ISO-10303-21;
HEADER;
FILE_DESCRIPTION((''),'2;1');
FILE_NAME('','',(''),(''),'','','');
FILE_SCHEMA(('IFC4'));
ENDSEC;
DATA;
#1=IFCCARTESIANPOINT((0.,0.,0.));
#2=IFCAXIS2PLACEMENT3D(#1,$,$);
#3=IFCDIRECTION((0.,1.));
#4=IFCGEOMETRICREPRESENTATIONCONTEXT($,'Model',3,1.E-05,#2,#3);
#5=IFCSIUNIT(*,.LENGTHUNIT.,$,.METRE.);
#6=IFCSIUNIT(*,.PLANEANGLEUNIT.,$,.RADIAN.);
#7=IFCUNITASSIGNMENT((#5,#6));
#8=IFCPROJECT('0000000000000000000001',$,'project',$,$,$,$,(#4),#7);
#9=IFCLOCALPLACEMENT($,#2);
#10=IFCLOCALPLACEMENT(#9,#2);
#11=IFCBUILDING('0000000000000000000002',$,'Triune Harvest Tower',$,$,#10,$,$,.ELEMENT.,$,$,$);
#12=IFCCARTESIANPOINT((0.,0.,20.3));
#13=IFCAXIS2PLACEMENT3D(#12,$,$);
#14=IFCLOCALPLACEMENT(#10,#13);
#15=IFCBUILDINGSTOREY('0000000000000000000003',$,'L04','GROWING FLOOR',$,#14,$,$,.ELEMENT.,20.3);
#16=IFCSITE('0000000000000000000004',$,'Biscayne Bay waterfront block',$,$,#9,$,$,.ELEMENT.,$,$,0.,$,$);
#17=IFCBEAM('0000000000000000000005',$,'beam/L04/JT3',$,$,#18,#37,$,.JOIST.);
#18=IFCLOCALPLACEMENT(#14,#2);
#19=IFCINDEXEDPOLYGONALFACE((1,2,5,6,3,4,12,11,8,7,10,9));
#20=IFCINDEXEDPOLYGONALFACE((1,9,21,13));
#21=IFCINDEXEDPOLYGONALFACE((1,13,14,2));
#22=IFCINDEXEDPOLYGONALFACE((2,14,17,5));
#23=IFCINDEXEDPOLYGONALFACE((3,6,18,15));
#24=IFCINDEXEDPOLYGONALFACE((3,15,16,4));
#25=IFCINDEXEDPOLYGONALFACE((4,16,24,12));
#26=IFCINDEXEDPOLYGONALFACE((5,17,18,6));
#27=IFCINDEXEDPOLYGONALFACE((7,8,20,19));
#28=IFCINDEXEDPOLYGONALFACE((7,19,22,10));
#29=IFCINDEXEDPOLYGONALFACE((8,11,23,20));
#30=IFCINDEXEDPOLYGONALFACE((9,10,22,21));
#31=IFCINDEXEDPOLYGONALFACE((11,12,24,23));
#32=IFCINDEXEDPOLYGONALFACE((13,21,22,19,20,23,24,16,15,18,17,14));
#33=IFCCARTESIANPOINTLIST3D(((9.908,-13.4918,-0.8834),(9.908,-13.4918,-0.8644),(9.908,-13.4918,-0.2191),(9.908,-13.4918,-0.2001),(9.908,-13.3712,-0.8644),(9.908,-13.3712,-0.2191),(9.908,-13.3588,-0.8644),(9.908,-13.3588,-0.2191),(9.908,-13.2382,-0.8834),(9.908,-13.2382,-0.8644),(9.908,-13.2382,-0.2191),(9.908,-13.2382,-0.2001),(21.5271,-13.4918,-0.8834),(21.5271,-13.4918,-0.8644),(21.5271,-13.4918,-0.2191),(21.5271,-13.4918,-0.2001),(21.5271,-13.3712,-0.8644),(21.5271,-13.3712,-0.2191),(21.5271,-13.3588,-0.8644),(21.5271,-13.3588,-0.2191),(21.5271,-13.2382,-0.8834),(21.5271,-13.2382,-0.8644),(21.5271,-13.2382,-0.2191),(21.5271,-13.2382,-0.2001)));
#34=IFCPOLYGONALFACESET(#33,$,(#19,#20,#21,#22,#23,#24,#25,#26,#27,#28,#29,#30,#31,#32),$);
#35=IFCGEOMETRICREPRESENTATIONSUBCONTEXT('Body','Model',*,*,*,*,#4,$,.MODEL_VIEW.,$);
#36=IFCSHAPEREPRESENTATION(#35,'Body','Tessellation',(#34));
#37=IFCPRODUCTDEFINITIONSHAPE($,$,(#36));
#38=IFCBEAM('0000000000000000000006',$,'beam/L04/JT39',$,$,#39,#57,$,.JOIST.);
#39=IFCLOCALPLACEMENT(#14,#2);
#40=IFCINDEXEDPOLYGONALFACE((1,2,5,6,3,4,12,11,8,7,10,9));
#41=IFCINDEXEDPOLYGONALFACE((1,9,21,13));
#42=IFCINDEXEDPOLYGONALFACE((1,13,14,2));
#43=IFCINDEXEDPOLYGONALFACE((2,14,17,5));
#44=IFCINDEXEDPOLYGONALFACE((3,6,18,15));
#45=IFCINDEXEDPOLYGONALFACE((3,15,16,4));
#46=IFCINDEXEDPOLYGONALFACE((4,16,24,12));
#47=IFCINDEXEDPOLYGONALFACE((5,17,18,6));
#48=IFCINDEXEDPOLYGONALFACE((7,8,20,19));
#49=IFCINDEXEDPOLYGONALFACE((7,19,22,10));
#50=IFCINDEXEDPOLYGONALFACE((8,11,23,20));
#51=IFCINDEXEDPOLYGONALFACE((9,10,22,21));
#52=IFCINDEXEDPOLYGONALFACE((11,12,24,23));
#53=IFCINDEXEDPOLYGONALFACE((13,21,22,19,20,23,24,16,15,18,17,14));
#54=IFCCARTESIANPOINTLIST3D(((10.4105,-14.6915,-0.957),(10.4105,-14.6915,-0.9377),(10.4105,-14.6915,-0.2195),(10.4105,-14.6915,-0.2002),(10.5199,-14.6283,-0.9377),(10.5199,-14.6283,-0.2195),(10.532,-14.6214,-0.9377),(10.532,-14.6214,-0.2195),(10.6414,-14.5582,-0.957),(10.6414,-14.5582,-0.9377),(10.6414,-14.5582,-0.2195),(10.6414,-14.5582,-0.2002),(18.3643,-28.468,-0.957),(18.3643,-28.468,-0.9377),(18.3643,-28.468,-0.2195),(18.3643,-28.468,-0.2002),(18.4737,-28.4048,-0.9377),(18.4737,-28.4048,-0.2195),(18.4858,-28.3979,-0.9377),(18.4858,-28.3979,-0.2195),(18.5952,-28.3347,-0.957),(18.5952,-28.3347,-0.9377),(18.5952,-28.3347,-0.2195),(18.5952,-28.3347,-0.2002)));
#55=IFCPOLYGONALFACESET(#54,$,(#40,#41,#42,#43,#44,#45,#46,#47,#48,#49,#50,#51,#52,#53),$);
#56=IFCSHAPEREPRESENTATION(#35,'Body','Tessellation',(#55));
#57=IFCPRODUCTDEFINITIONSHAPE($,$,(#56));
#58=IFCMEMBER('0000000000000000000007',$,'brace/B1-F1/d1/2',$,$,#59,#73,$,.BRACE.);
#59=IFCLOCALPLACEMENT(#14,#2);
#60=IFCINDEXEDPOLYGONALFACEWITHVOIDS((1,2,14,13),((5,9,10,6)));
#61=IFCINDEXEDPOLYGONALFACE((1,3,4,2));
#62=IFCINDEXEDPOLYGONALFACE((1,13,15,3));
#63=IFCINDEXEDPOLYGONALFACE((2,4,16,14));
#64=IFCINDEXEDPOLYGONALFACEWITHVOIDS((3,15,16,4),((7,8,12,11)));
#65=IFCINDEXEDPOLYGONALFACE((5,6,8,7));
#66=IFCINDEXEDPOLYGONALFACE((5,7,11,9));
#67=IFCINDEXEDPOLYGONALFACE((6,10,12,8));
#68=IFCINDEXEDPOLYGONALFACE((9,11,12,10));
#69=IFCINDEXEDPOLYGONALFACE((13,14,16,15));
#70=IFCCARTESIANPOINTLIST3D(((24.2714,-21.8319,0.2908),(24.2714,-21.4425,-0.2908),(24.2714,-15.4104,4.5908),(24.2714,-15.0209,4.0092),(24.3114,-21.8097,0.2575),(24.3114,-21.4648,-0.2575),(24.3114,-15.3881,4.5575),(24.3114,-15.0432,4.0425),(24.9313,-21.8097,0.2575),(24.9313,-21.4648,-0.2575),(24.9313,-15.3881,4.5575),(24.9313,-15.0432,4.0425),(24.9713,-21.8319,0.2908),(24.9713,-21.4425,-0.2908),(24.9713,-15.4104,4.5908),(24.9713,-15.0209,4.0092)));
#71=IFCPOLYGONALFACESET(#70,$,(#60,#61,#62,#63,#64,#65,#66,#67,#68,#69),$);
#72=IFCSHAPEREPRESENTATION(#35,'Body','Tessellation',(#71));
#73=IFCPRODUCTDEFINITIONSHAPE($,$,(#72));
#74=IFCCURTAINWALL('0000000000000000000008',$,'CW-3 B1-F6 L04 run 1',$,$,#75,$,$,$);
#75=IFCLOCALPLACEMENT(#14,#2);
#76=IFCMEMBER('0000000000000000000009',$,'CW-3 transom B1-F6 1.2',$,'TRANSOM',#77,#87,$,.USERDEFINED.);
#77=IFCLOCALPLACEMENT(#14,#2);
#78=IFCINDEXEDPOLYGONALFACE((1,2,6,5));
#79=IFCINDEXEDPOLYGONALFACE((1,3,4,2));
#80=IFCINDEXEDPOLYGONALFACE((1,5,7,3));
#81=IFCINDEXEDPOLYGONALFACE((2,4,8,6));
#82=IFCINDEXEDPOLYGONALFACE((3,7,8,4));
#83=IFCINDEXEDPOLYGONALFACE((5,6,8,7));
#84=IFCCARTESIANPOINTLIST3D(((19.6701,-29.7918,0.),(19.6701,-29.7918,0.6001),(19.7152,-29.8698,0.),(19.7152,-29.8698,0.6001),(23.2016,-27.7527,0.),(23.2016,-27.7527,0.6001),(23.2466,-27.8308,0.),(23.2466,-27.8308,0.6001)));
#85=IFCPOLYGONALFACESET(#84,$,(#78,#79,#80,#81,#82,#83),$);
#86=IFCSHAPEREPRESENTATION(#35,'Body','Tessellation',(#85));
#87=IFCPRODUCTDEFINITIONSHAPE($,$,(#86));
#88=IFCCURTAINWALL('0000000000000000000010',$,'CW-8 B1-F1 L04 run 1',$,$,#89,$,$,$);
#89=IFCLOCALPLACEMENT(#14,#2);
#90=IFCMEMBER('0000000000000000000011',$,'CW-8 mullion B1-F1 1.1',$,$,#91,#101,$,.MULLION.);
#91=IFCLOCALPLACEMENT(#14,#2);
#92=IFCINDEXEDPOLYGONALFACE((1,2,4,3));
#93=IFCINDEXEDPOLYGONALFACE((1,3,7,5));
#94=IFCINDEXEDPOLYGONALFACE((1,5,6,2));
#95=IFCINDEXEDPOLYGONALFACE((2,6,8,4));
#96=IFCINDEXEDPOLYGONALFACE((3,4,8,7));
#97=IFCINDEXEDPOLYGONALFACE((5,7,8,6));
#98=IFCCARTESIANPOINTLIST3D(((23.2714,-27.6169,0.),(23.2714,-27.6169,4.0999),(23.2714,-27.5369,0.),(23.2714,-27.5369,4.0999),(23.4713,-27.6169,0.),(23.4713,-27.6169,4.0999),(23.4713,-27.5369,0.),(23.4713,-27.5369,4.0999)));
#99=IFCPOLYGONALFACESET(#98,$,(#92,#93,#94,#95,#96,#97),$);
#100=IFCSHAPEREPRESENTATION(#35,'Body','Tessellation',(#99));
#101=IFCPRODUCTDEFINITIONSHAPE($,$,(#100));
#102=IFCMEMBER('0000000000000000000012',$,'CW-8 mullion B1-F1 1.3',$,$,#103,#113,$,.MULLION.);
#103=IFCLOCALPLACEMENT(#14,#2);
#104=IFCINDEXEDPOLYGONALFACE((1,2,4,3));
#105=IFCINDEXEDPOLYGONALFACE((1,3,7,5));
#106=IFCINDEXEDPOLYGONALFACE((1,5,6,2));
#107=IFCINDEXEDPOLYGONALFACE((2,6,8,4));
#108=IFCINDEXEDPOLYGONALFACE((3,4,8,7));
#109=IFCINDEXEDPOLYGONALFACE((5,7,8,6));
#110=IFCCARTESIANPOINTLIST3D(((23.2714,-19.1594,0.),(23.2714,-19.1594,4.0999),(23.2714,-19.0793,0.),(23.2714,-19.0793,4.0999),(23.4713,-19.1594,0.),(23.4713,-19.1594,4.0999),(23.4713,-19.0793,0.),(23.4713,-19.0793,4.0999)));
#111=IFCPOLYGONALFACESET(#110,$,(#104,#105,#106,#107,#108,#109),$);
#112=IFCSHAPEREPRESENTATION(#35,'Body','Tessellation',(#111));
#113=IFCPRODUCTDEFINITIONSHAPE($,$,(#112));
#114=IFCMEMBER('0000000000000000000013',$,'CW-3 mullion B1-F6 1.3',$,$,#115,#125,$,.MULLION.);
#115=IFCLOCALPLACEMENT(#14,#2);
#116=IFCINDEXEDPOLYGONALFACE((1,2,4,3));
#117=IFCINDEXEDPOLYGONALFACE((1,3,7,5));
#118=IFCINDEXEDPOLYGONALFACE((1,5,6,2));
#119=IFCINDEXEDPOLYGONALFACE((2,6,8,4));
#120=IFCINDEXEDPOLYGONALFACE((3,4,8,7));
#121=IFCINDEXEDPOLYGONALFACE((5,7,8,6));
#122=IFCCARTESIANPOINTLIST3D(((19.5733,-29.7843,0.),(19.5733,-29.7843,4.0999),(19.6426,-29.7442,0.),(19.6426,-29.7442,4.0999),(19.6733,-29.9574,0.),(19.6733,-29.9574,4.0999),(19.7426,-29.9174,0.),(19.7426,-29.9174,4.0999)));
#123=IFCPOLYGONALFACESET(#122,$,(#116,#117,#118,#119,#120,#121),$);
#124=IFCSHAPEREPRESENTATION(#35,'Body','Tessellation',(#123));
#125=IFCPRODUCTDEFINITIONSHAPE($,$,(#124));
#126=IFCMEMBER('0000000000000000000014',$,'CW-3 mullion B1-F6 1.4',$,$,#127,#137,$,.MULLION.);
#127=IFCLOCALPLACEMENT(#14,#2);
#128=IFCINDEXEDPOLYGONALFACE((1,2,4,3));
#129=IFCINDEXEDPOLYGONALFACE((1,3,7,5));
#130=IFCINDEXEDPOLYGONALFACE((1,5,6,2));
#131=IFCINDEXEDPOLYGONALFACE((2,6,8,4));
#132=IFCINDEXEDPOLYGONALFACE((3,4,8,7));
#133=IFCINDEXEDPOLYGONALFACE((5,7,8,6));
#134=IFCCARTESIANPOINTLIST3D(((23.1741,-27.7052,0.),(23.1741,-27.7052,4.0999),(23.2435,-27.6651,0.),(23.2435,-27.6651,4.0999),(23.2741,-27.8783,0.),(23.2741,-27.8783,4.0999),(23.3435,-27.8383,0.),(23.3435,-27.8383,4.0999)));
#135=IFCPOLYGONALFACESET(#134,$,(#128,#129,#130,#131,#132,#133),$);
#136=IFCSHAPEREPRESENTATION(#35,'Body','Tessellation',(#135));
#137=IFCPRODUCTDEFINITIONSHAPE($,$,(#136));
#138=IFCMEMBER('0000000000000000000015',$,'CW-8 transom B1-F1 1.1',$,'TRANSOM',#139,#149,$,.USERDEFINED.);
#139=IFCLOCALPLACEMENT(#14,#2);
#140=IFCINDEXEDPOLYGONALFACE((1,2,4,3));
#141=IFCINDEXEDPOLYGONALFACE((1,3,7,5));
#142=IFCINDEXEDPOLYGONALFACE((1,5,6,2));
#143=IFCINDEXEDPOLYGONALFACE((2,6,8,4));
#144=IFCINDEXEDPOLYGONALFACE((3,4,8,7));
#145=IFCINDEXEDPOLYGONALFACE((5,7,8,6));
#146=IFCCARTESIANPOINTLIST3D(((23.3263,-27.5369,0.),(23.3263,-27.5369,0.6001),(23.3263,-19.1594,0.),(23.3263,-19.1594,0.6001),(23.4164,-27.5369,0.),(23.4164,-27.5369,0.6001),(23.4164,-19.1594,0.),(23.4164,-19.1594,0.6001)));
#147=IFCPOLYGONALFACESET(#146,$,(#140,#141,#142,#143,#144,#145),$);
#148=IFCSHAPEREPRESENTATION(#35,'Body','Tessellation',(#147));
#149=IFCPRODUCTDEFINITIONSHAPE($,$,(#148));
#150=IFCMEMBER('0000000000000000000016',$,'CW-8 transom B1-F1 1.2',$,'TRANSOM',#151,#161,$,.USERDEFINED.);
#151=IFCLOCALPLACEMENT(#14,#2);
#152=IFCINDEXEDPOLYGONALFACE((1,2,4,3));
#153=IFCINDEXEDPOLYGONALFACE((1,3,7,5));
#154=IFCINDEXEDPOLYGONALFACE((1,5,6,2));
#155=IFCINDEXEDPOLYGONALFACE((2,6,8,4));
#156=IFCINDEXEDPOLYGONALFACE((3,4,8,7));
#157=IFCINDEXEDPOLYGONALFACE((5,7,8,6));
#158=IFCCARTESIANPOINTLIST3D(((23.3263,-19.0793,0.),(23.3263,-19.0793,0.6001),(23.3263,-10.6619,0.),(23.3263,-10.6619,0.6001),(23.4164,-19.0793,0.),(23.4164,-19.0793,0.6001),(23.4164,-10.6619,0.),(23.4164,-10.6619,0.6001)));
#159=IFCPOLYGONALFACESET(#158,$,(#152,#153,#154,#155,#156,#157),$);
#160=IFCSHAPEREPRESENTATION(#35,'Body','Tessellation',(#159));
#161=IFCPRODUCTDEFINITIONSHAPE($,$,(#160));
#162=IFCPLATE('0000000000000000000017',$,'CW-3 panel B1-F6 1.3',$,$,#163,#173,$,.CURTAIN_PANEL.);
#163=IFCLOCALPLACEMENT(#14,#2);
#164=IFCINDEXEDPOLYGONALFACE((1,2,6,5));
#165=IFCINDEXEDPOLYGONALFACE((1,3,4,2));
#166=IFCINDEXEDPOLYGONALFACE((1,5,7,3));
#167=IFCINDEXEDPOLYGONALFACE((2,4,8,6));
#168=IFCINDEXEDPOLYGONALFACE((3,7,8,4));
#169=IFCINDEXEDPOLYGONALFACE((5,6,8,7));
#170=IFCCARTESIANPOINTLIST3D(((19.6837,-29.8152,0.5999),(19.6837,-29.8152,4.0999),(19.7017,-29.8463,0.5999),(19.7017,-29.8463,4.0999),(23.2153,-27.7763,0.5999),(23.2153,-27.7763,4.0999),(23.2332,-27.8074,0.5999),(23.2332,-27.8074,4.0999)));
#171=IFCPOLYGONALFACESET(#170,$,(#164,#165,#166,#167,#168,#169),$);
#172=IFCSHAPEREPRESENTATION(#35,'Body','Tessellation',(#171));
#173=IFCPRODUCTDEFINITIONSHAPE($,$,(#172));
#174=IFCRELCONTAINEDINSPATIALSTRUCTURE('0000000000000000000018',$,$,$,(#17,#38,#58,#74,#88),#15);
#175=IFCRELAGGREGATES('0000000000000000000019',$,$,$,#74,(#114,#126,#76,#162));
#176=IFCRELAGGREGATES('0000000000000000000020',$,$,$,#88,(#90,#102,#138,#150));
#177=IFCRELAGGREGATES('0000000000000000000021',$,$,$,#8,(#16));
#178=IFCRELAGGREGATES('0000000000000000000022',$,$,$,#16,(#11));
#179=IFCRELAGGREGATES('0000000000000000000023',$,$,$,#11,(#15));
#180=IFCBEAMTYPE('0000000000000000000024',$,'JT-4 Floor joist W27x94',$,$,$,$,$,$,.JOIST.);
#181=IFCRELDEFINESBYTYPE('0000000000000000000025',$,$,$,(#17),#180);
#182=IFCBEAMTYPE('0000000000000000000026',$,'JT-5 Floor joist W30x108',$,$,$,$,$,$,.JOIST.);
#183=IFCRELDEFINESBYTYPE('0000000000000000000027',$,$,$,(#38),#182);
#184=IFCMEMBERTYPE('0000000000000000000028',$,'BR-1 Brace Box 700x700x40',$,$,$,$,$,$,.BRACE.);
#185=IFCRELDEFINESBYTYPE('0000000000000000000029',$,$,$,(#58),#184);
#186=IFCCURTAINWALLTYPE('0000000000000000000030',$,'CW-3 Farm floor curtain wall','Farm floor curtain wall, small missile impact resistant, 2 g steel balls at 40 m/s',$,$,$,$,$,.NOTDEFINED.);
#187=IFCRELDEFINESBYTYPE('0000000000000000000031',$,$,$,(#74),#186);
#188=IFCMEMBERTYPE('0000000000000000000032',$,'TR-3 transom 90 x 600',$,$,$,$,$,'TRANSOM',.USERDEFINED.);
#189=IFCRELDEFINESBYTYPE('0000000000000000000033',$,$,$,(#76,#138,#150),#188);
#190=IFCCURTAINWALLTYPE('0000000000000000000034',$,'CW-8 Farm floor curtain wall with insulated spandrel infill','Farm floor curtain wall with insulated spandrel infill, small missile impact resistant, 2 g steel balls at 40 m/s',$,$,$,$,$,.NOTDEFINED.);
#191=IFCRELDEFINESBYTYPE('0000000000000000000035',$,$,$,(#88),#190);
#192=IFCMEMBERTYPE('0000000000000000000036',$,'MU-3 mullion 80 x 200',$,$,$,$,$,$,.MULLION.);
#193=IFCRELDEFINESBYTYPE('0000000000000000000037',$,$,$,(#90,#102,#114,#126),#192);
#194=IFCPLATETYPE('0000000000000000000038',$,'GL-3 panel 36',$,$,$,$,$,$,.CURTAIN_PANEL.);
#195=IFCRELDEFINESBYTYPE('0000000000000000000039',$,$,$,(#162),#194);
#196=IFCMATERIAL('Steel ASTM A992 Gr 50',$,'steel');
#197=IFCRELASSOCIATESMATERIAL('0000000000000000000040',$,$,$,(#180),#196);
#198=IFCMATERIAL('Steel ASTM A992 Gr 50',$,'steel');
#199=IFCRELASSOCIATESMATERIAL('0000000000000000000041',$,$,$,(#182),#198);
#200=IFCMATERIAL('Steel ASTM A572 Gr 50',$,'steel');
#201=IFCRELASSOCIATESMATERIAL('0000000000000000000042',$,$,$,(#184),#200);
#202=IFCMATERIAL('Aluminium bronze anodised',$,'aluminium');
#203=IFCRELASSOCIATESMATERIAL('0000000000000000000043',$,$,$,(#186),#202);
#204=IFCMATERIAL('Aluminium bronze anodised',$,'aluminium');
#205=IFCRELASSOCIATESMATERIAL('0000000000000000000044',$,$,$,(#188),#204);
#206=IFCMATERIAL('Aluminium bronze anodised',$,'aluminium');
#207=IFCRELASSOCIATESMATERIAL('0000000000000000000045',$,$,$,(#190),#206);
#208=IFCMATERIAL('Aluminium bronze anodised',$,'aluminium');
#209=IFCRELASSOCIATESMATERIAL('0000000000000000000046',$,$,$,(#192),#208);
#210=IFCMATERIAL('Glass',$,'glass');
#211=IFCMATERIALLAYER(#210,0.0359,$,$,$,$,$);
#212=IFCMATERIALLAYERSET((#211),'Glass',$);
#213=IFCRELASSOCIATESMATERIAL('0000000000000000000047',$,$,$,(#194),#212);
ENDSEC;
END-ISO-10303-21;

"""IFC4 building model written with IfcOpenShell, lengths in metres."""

from ifc_helpers import new_model, si_unit, direction, frame, origin, origin_2d, place, context, subcontext, project, spatial, rectangle, hollow_rectangle, i_section, extrude, source, transform, mapped, material, layer, layer_set, material_profile, profile_set, type_object, element, aggregate, save


model = new_model("IFC4")

# Units and contexts
model_context = context("Model", 3, precision=1e-05, world=origin(), true_north=direction((0.0, 1.0)))
body_context = subcontext(model_context, "Body", "Model", "MODEL_VIEW")
ifc_project = project(units=[si_unit("LENGTHUNIT", "METRE"), si_unit("PLANEANGLEUNIT", "RADIAN")], contexts=[model_context])

# Site, building, storey
site_placement = place(None, origin())
site = spatial("IfcSite", under=ifc_project, at=site_placement, Name="Biscayne Bay waterfront block", CompositionType="ELEMENT", RefElevation=0.0)
building_placement = place(site_placement, origin())
building = spatial("IfcBuilding", under=site, at=building_placement, Name="Triune Harvest Tower", CompositionType="ELEMENT")
storey_placement = place(building_placement, frame((0.0, 0.0, 20.3)))
storey = spatial("IfcBuildingStorey", under=building, at=storey_placement, Name="L04", Description="GROWING FLOOR", CompositionType="ELEMENT", Elevation=20.3)

# Beams
ifc_material_1 = material(Name="Steel ASTM A992 Gr 50", Category="steel")
ifc_material_profile_1 = material_profile(ifc_material_1, i_section(OverallWidth=0.2537, OverallDepth=0.6833, WebThickness=0.0125, FlangeThickness=0.019, at=origin_2d()), Name="W27x94")
ifc_profile_set_1 = profile_set([ifc_material_profile_1], Name="Steel ASTM A992 Gr 50")
beam_type_1 = type_object("IfcBeamType", Name="JT-4 Floor joist W27x94", PredefinedType="JOIST", material=ifc_profile_set_1)
shared_shape_1 = source(origin(), body_context, "Body", "SweptSolid", [
    extrude(i_section(OverallWidth=0.2537, OverallDepth=0.6833, WebThickness=0.0125, FlangeThickness=0.019, at=origin_2d()), origin(), (0.0, 0.0, 1.0), 11.6191),
])
beam_1_placement = place(storey_placement, frame((21.5271, -13.365, -0.5417), z_axis=(-1.0, 0.0, 0.0), x_axis=(0.0, -1.0, 0.0)))
element("IfcBeam", 1, at=beam_1_placement, inside=storey, type_object=beam_type_1, Name="beam/L04/JT3", PredefinedType="JOIST", context=body_context, shape_type="MappedRepresentation", body=[
    mapped(shared_shape_1, transform((0.0, 0.0, 0.0), scale=1.0)),
])
ifc_material_2 = material(Name="Steel ASTM A992 Gr 50", Category="steel")
ifc_material_profile_2 = material_profile(ifc_material_2, i_section(OverallWidth=0.2666, OverallDepth=0.7568, WebThickness=0.0139, FlangeThickness=0.0193, at=origin_2d()), Name="W30x108")
ifc_profile_set_2 = profile_set([ifc_material_profile_2], Name="Steel ASTM A992 Gr 50")
beam_type_2 = type_object("IfcBeamType", Name="JT-5 Floor joist W30x108", PredefinedType="JOIST", material=ifc_profile_set_2)
shared_shape_2 = source(origin(), body_context, "Body", "SweptSolid", [
    extrude(i_section(OverallWidth=0.2666, OverallDepth=0.7568, WebThickness=0.0139, FlangeThickness=0.0193, at=origin_2d()), origin(), (0.0, 0.0, 1.0), 15.9077),
])
beam_2_placement = place(storey_placement, frame((18.4797, -28.4014, -0.5786), z_axis=(-0.499997, 0.866027, 0.0), x_axis=(-0.866027, -0.499997, 0.0)))
element("IfcBeam", 2, at=beam_2_placement, inside=storey, type_object=beam_type_2, Name="beam/L04/JT39", PredefinedType="JOIST", context=body_context, shape_type="MappedRepresentation", body=[
    mapped(shared_shape_2, transform((0.0, 0.0, 0.0), scale=1.0)),
])

# Member
ifc_material_3 = material(Name="Steel ASTM A572 Gr 50", Category="steel")
ifc_material_profile_3 = material_profile(ifc_material_3, hollow_rectangle(XDim=0.7, YDim=0.7, WallThickness=0.04, at=origin_2d()), Name="Box 700x700x40")
ifc_profile_set_3 = profile_set([ifc_material_profile_3], Name="Steel ASTM A572 Gr 50")
member_type_1 = type_object("IfcMemberType", Name="BR-1 Brace Box 700x700x40", PredefinedType="BRACE", material=ifc_profile_set_3)
shared_shape_3 = source(origin(), body_context, "Body", "SweptSolid", [
    extrude(hollow_rectangle(XDim=0.7, YDim=0.7, WallThickness=0.04, at=origin_2d()), origin(), (0.0, 0.0, 1.0), 7.7283),
])
member_1_placement = place(storey_placement, frame((24.6213, -21.6372, 0.0), z_axis=(0.0, 0.830916, 0.556398), x_axis=(-1.0, 0.0, 0.0)))
element("IfcMember", 3, at=member_1_placement, inside=storey, type_object=member_type_1, Name="brace/B1-F1/d1/2", PredefinedType="BRACE", context=body_context, shape_type="MappedRepresentation", body=[
    mapped(shared_shape_3, transform((0.0, 0.0, 0.0), scale=1.0)),
])

# Curtain wall, member
ifc_material_4 = material(Name="Aluminium bronze anodised", Category="aluminium")
curtain_wall_type_1 = type_object("IfcCurtainWallType", Name="CW-3 Farm floor curtain wall", Description="Farm floor curtain wall, small missile impact resistant, 2 g steel balls at 40 m/s", PredefinedType="NOTDEFINED", material=ifc_material_4)
curtain_wall_1_placement = place(storey_placement, origin())
curtain_wall_1 = element("IfcCurtainWall", 4, at=curtain_wall_1_placement, inside=storey, type_object=curtain_wall_type_1, Name="CW-3 B1-F6 L04 run 1")
ifc_material_5 = material(Name="Aluminium bronze anodised", Category="aluminium")
ifc_material_profile_4 = material_profile(ifc_material_5, rectangle(XDim=0.0901, YDim=0.6001, at=origin_2d()), Name="TR-3 transom 90 x 600")
ifc_profile_set_4 = profile_set([ifc_material_profile_4], Name="Aluminium bronze anodised")
member_type_2 = type_object("IfcMemberType", Name="TR-3 transom 90 x 600", ElementType="TRANSOM", PredefinedType="USERDEFINED", material=ifc_profile_set_4)
shared_shape_4 = source(origin(), body_context, "Body", "SweptSolid", [
    extrude(rectangle(XDim=0.0901, YDim=0.6001, at=origin_2d()), origin(), (0.0, 0.0, 1.0), 4.0779),
])
member_2_placement = place(storey_placement, frame((19.6926, -29.8308, 0.3), z_axis=(0.866009, 0.500028, 0.0), x_axis=(-0.500028, 0.866009, 0.0)))
member_2 = element("IfcMember", 5, at=member_2_placement, type_object=member_type_2, Name="CW-3 transom B1-F6 1.2", ObjectType="TRANSOM", PredefinedType="USERDEFINED", context=body_context, shape_type="MappedRepresentation", body=[
    mapped(shared_shape_4, transform((0.0, 0.0, 0.0), scale=1.0)),
])

# Curtain wall, members
ifc_material_6 = material(Name="Aluminium bronze anodised", Category="aluminium")
curtain_wall_type_2 = type_object("IfcCurtainWallType", Name="CW-8 Farm floor curtain wall with insulated spandrel infill", Description="Farm floor curtain wall with insulated spandrel infill, small missile impact resistant, 2 g steel balls at 40 m/s", PredefinedType="NOTDEFINED", material=ifc_material_6)
curtain_wall_2_placement = place(storey_placement, origin())
curtain_wall_2 = element("IfcCurtainWall", 6, at=curtain_wall_2_placement, inside=storey, type_object=curtain_wall_type_2, Name="CW-8 B1-F1 L04 run 1")
ifc_material_7 = material(Name="Aluminium bronze anodised", Category="aluminium")
ifc_material_profile_5 = material_profile(ifc_material_7, rectangle(XDim=0.2, YDim=0.0801, at=origin_2d()), Name="MU-3 mullion 80 x 200")
ifc_profile_set_5 = profile_set([ifc_material_profile_5], Name="Aluminium bronze anodised")
member_type_3 = type_object("IfcMemberType", Name="MU-3 mullion 80 x 200", PredefinedType="MULLION", material=ifc_profile_set_5)
shared_shape_5 = source(origin(), body_context, "Body", "SweptSolid", [
    extrude(rectangle(XDim=0.2, YDim=0.0801, at=origin_2d()), origin(), (0.0, 0.0, 1.0), 4.0999),
])
member_3_placement = place(storey_placement, frame((23.3713, -27.5769, 0.0), z_axis=(0.0, 0.0, 1.0), x_axis=(-1.0, 0.0, 0.0)))
member_3 = element("IfcMember", 7, at=member_3_placement, type_object=member_type_3, Name="CW-8 mullion B1-F1 1.1", PredefinedType="MULLION", context=body_context, shape_type="MappedRepresentation", body=[
    mapped(shared_shape_5, transform((0.0, 0.0, 0.0), scale=1.0)),
])
member_4_placement = place(storey_placement, frame((23.3713, -19.1194, 0.0), z_axis=(0.0, 0.0, 1.0), x_axis=(-1.0, 0.0, 0.0)))
member_4 = element("IfcMember", 8, at=member_4_placement, type_object=member_type_3, Name="CW-8 mullion B1-F1 1.3", PredefinedType="MULLION", context=body_context, shape_type="MappedRepresentation", body=[
    mapped(shared_shape_5, transform((0.0, 0.0, 0.0), scale=1.0)),
])

# Members
member_5_placement = place(storey_placement, frame((19.658, -29.8508, 0.0), z_axis=(0.0, 0.0, 1.0), x_axis=(-0.499999, 0.866026, 0.0)))
member_5 = element("IfcMember", 9, at=member_5_placement, type_object=member_type_3, Name="CW-3 mullion B1-F6 1.3", PredefinedType="MULLION", context=body_context, shape_type="MappedRepresentation", body=[
    mapped(shared_shape_5, transform((0.0, 0.0, 0.0), scale=1.0)),
])
member_6_placement = place(storey_placement, frame((23.2588, -27.7717, 0.0), z_axis=(0.0, 0.0, 1.0), x_axis=(-0.499999, 0.866026, 0.0)))
member_6 = element("IfcMember", 10, at=member_6_placement, type_object=member_type_3, Name="CW-3 mullion B1-F6 1.4", PredefinedType="MULLION", context=body_context, shape_type="MappedRepresentation", body=[
    mapped(shared_shape_5, transform((0.0, 0.0, 0.0), scale=1.0)),
])
shared_shape_6 = source(origin(), body_context, "Body", "SweptSolid", [
    extrude(rectangle(XDim=0.0901, YDim=0.6001, at=origin_2d()), origin(), (0.0, 0.0, 1.0), 8.3774),
])
member_7_placement = place(storey_placement, frame((23.3713, -27.5369, 0.3), z_axis=(0.0, 1.0, 0.0), x_axis=(-1.0, 0.0, 0.0)))
member_7 = element("IfcMember", 11, at=member_7_placement, type_object=member_type_2, Name="CW-8 transom B1-F1 1.1", ObjectType="TRANSOM", PredefinedType="USERDEFINED", context=body_context, shape_type="MappedRepresentation", body=[
    mapped(shared_shape_6, transform((0.0, 0.0, 0.0), scale=1.0)),
])
shared_shape_7 = source(origin(), body_context, "Body", "SweptSolid", [
    extrude(rectangle(XDim=0.0901, YDim=0.6001, at=origin_2d()), origin(), (0.0, 0.0, 1.0), 8.4175),
])
member_8_placement = place(storey_placement, frame((23.3713, -19.0793, 0.3), z_axis=(0.0, 1.0, 0.0), x_axis=(-1.0, 0.0, 0.0)))
member_8 = element("IfcMember", 12, at=member_8_placement, type_object=member_type_2, Name="CW-8 transom B1-F1 1.2", ObjectType="TRANSOM", PredefinedType="USERDEFINED", context=body_context, shape_type="MappedRepresentation", body=[
    mapped(shared_shape_7, transform((0.0, 0.0, 0.0), scale=1.0)),
])

# Plate
ifc_material_8 = material(Name="Glass", Category="glass")
ifc_layer_1 = layer(ifc_material_8, 0.0359)
ifc_layer_set_1 = layer_set([ifc_layer_1], Name="Glass")
plate_type_1 = type_object("IfcPlateType", Name="GL-3 panel 36", PredefinedType="CURTAIN_PANEL", material=ifc_layer_set_1)
shared_shape_8 = source(origin(), body_context, "Body", "SweptSolid", [
    extrude(rectangle(XDim=4.0779, YDim=0.0359, at=origin_2d()), origin(), (0.0, 0.0, 1.0), 3.5),
])
plate_1_placement = place(storey_placement, frame((21.4585, -28.8113, 0.5999), z_axis=(0.0, 0.0, 1.0), x_axis=(0.866026, 0.499999, 0.0)))
plate_1 = element("IfcPlate", 13, at=plate_1_placement, type_object=plate_type_1, Name="CW-3 panel B1-F6 1.3", PredefinedType="CURTAIN_PANEL", context=body_context, shape_type="MappedRepresentation", body=[
    mapped(shared_shape_8, transform((0.0, 0.0, 0.0), scale=1.0)),
])
aggregate(curtain_wall_1, [member_5, member_6, member_2, plate_1])
aggregate(curtain_wall_2, [member_3, member_4, member_7, member_8])

save(model, "model.ifc")
